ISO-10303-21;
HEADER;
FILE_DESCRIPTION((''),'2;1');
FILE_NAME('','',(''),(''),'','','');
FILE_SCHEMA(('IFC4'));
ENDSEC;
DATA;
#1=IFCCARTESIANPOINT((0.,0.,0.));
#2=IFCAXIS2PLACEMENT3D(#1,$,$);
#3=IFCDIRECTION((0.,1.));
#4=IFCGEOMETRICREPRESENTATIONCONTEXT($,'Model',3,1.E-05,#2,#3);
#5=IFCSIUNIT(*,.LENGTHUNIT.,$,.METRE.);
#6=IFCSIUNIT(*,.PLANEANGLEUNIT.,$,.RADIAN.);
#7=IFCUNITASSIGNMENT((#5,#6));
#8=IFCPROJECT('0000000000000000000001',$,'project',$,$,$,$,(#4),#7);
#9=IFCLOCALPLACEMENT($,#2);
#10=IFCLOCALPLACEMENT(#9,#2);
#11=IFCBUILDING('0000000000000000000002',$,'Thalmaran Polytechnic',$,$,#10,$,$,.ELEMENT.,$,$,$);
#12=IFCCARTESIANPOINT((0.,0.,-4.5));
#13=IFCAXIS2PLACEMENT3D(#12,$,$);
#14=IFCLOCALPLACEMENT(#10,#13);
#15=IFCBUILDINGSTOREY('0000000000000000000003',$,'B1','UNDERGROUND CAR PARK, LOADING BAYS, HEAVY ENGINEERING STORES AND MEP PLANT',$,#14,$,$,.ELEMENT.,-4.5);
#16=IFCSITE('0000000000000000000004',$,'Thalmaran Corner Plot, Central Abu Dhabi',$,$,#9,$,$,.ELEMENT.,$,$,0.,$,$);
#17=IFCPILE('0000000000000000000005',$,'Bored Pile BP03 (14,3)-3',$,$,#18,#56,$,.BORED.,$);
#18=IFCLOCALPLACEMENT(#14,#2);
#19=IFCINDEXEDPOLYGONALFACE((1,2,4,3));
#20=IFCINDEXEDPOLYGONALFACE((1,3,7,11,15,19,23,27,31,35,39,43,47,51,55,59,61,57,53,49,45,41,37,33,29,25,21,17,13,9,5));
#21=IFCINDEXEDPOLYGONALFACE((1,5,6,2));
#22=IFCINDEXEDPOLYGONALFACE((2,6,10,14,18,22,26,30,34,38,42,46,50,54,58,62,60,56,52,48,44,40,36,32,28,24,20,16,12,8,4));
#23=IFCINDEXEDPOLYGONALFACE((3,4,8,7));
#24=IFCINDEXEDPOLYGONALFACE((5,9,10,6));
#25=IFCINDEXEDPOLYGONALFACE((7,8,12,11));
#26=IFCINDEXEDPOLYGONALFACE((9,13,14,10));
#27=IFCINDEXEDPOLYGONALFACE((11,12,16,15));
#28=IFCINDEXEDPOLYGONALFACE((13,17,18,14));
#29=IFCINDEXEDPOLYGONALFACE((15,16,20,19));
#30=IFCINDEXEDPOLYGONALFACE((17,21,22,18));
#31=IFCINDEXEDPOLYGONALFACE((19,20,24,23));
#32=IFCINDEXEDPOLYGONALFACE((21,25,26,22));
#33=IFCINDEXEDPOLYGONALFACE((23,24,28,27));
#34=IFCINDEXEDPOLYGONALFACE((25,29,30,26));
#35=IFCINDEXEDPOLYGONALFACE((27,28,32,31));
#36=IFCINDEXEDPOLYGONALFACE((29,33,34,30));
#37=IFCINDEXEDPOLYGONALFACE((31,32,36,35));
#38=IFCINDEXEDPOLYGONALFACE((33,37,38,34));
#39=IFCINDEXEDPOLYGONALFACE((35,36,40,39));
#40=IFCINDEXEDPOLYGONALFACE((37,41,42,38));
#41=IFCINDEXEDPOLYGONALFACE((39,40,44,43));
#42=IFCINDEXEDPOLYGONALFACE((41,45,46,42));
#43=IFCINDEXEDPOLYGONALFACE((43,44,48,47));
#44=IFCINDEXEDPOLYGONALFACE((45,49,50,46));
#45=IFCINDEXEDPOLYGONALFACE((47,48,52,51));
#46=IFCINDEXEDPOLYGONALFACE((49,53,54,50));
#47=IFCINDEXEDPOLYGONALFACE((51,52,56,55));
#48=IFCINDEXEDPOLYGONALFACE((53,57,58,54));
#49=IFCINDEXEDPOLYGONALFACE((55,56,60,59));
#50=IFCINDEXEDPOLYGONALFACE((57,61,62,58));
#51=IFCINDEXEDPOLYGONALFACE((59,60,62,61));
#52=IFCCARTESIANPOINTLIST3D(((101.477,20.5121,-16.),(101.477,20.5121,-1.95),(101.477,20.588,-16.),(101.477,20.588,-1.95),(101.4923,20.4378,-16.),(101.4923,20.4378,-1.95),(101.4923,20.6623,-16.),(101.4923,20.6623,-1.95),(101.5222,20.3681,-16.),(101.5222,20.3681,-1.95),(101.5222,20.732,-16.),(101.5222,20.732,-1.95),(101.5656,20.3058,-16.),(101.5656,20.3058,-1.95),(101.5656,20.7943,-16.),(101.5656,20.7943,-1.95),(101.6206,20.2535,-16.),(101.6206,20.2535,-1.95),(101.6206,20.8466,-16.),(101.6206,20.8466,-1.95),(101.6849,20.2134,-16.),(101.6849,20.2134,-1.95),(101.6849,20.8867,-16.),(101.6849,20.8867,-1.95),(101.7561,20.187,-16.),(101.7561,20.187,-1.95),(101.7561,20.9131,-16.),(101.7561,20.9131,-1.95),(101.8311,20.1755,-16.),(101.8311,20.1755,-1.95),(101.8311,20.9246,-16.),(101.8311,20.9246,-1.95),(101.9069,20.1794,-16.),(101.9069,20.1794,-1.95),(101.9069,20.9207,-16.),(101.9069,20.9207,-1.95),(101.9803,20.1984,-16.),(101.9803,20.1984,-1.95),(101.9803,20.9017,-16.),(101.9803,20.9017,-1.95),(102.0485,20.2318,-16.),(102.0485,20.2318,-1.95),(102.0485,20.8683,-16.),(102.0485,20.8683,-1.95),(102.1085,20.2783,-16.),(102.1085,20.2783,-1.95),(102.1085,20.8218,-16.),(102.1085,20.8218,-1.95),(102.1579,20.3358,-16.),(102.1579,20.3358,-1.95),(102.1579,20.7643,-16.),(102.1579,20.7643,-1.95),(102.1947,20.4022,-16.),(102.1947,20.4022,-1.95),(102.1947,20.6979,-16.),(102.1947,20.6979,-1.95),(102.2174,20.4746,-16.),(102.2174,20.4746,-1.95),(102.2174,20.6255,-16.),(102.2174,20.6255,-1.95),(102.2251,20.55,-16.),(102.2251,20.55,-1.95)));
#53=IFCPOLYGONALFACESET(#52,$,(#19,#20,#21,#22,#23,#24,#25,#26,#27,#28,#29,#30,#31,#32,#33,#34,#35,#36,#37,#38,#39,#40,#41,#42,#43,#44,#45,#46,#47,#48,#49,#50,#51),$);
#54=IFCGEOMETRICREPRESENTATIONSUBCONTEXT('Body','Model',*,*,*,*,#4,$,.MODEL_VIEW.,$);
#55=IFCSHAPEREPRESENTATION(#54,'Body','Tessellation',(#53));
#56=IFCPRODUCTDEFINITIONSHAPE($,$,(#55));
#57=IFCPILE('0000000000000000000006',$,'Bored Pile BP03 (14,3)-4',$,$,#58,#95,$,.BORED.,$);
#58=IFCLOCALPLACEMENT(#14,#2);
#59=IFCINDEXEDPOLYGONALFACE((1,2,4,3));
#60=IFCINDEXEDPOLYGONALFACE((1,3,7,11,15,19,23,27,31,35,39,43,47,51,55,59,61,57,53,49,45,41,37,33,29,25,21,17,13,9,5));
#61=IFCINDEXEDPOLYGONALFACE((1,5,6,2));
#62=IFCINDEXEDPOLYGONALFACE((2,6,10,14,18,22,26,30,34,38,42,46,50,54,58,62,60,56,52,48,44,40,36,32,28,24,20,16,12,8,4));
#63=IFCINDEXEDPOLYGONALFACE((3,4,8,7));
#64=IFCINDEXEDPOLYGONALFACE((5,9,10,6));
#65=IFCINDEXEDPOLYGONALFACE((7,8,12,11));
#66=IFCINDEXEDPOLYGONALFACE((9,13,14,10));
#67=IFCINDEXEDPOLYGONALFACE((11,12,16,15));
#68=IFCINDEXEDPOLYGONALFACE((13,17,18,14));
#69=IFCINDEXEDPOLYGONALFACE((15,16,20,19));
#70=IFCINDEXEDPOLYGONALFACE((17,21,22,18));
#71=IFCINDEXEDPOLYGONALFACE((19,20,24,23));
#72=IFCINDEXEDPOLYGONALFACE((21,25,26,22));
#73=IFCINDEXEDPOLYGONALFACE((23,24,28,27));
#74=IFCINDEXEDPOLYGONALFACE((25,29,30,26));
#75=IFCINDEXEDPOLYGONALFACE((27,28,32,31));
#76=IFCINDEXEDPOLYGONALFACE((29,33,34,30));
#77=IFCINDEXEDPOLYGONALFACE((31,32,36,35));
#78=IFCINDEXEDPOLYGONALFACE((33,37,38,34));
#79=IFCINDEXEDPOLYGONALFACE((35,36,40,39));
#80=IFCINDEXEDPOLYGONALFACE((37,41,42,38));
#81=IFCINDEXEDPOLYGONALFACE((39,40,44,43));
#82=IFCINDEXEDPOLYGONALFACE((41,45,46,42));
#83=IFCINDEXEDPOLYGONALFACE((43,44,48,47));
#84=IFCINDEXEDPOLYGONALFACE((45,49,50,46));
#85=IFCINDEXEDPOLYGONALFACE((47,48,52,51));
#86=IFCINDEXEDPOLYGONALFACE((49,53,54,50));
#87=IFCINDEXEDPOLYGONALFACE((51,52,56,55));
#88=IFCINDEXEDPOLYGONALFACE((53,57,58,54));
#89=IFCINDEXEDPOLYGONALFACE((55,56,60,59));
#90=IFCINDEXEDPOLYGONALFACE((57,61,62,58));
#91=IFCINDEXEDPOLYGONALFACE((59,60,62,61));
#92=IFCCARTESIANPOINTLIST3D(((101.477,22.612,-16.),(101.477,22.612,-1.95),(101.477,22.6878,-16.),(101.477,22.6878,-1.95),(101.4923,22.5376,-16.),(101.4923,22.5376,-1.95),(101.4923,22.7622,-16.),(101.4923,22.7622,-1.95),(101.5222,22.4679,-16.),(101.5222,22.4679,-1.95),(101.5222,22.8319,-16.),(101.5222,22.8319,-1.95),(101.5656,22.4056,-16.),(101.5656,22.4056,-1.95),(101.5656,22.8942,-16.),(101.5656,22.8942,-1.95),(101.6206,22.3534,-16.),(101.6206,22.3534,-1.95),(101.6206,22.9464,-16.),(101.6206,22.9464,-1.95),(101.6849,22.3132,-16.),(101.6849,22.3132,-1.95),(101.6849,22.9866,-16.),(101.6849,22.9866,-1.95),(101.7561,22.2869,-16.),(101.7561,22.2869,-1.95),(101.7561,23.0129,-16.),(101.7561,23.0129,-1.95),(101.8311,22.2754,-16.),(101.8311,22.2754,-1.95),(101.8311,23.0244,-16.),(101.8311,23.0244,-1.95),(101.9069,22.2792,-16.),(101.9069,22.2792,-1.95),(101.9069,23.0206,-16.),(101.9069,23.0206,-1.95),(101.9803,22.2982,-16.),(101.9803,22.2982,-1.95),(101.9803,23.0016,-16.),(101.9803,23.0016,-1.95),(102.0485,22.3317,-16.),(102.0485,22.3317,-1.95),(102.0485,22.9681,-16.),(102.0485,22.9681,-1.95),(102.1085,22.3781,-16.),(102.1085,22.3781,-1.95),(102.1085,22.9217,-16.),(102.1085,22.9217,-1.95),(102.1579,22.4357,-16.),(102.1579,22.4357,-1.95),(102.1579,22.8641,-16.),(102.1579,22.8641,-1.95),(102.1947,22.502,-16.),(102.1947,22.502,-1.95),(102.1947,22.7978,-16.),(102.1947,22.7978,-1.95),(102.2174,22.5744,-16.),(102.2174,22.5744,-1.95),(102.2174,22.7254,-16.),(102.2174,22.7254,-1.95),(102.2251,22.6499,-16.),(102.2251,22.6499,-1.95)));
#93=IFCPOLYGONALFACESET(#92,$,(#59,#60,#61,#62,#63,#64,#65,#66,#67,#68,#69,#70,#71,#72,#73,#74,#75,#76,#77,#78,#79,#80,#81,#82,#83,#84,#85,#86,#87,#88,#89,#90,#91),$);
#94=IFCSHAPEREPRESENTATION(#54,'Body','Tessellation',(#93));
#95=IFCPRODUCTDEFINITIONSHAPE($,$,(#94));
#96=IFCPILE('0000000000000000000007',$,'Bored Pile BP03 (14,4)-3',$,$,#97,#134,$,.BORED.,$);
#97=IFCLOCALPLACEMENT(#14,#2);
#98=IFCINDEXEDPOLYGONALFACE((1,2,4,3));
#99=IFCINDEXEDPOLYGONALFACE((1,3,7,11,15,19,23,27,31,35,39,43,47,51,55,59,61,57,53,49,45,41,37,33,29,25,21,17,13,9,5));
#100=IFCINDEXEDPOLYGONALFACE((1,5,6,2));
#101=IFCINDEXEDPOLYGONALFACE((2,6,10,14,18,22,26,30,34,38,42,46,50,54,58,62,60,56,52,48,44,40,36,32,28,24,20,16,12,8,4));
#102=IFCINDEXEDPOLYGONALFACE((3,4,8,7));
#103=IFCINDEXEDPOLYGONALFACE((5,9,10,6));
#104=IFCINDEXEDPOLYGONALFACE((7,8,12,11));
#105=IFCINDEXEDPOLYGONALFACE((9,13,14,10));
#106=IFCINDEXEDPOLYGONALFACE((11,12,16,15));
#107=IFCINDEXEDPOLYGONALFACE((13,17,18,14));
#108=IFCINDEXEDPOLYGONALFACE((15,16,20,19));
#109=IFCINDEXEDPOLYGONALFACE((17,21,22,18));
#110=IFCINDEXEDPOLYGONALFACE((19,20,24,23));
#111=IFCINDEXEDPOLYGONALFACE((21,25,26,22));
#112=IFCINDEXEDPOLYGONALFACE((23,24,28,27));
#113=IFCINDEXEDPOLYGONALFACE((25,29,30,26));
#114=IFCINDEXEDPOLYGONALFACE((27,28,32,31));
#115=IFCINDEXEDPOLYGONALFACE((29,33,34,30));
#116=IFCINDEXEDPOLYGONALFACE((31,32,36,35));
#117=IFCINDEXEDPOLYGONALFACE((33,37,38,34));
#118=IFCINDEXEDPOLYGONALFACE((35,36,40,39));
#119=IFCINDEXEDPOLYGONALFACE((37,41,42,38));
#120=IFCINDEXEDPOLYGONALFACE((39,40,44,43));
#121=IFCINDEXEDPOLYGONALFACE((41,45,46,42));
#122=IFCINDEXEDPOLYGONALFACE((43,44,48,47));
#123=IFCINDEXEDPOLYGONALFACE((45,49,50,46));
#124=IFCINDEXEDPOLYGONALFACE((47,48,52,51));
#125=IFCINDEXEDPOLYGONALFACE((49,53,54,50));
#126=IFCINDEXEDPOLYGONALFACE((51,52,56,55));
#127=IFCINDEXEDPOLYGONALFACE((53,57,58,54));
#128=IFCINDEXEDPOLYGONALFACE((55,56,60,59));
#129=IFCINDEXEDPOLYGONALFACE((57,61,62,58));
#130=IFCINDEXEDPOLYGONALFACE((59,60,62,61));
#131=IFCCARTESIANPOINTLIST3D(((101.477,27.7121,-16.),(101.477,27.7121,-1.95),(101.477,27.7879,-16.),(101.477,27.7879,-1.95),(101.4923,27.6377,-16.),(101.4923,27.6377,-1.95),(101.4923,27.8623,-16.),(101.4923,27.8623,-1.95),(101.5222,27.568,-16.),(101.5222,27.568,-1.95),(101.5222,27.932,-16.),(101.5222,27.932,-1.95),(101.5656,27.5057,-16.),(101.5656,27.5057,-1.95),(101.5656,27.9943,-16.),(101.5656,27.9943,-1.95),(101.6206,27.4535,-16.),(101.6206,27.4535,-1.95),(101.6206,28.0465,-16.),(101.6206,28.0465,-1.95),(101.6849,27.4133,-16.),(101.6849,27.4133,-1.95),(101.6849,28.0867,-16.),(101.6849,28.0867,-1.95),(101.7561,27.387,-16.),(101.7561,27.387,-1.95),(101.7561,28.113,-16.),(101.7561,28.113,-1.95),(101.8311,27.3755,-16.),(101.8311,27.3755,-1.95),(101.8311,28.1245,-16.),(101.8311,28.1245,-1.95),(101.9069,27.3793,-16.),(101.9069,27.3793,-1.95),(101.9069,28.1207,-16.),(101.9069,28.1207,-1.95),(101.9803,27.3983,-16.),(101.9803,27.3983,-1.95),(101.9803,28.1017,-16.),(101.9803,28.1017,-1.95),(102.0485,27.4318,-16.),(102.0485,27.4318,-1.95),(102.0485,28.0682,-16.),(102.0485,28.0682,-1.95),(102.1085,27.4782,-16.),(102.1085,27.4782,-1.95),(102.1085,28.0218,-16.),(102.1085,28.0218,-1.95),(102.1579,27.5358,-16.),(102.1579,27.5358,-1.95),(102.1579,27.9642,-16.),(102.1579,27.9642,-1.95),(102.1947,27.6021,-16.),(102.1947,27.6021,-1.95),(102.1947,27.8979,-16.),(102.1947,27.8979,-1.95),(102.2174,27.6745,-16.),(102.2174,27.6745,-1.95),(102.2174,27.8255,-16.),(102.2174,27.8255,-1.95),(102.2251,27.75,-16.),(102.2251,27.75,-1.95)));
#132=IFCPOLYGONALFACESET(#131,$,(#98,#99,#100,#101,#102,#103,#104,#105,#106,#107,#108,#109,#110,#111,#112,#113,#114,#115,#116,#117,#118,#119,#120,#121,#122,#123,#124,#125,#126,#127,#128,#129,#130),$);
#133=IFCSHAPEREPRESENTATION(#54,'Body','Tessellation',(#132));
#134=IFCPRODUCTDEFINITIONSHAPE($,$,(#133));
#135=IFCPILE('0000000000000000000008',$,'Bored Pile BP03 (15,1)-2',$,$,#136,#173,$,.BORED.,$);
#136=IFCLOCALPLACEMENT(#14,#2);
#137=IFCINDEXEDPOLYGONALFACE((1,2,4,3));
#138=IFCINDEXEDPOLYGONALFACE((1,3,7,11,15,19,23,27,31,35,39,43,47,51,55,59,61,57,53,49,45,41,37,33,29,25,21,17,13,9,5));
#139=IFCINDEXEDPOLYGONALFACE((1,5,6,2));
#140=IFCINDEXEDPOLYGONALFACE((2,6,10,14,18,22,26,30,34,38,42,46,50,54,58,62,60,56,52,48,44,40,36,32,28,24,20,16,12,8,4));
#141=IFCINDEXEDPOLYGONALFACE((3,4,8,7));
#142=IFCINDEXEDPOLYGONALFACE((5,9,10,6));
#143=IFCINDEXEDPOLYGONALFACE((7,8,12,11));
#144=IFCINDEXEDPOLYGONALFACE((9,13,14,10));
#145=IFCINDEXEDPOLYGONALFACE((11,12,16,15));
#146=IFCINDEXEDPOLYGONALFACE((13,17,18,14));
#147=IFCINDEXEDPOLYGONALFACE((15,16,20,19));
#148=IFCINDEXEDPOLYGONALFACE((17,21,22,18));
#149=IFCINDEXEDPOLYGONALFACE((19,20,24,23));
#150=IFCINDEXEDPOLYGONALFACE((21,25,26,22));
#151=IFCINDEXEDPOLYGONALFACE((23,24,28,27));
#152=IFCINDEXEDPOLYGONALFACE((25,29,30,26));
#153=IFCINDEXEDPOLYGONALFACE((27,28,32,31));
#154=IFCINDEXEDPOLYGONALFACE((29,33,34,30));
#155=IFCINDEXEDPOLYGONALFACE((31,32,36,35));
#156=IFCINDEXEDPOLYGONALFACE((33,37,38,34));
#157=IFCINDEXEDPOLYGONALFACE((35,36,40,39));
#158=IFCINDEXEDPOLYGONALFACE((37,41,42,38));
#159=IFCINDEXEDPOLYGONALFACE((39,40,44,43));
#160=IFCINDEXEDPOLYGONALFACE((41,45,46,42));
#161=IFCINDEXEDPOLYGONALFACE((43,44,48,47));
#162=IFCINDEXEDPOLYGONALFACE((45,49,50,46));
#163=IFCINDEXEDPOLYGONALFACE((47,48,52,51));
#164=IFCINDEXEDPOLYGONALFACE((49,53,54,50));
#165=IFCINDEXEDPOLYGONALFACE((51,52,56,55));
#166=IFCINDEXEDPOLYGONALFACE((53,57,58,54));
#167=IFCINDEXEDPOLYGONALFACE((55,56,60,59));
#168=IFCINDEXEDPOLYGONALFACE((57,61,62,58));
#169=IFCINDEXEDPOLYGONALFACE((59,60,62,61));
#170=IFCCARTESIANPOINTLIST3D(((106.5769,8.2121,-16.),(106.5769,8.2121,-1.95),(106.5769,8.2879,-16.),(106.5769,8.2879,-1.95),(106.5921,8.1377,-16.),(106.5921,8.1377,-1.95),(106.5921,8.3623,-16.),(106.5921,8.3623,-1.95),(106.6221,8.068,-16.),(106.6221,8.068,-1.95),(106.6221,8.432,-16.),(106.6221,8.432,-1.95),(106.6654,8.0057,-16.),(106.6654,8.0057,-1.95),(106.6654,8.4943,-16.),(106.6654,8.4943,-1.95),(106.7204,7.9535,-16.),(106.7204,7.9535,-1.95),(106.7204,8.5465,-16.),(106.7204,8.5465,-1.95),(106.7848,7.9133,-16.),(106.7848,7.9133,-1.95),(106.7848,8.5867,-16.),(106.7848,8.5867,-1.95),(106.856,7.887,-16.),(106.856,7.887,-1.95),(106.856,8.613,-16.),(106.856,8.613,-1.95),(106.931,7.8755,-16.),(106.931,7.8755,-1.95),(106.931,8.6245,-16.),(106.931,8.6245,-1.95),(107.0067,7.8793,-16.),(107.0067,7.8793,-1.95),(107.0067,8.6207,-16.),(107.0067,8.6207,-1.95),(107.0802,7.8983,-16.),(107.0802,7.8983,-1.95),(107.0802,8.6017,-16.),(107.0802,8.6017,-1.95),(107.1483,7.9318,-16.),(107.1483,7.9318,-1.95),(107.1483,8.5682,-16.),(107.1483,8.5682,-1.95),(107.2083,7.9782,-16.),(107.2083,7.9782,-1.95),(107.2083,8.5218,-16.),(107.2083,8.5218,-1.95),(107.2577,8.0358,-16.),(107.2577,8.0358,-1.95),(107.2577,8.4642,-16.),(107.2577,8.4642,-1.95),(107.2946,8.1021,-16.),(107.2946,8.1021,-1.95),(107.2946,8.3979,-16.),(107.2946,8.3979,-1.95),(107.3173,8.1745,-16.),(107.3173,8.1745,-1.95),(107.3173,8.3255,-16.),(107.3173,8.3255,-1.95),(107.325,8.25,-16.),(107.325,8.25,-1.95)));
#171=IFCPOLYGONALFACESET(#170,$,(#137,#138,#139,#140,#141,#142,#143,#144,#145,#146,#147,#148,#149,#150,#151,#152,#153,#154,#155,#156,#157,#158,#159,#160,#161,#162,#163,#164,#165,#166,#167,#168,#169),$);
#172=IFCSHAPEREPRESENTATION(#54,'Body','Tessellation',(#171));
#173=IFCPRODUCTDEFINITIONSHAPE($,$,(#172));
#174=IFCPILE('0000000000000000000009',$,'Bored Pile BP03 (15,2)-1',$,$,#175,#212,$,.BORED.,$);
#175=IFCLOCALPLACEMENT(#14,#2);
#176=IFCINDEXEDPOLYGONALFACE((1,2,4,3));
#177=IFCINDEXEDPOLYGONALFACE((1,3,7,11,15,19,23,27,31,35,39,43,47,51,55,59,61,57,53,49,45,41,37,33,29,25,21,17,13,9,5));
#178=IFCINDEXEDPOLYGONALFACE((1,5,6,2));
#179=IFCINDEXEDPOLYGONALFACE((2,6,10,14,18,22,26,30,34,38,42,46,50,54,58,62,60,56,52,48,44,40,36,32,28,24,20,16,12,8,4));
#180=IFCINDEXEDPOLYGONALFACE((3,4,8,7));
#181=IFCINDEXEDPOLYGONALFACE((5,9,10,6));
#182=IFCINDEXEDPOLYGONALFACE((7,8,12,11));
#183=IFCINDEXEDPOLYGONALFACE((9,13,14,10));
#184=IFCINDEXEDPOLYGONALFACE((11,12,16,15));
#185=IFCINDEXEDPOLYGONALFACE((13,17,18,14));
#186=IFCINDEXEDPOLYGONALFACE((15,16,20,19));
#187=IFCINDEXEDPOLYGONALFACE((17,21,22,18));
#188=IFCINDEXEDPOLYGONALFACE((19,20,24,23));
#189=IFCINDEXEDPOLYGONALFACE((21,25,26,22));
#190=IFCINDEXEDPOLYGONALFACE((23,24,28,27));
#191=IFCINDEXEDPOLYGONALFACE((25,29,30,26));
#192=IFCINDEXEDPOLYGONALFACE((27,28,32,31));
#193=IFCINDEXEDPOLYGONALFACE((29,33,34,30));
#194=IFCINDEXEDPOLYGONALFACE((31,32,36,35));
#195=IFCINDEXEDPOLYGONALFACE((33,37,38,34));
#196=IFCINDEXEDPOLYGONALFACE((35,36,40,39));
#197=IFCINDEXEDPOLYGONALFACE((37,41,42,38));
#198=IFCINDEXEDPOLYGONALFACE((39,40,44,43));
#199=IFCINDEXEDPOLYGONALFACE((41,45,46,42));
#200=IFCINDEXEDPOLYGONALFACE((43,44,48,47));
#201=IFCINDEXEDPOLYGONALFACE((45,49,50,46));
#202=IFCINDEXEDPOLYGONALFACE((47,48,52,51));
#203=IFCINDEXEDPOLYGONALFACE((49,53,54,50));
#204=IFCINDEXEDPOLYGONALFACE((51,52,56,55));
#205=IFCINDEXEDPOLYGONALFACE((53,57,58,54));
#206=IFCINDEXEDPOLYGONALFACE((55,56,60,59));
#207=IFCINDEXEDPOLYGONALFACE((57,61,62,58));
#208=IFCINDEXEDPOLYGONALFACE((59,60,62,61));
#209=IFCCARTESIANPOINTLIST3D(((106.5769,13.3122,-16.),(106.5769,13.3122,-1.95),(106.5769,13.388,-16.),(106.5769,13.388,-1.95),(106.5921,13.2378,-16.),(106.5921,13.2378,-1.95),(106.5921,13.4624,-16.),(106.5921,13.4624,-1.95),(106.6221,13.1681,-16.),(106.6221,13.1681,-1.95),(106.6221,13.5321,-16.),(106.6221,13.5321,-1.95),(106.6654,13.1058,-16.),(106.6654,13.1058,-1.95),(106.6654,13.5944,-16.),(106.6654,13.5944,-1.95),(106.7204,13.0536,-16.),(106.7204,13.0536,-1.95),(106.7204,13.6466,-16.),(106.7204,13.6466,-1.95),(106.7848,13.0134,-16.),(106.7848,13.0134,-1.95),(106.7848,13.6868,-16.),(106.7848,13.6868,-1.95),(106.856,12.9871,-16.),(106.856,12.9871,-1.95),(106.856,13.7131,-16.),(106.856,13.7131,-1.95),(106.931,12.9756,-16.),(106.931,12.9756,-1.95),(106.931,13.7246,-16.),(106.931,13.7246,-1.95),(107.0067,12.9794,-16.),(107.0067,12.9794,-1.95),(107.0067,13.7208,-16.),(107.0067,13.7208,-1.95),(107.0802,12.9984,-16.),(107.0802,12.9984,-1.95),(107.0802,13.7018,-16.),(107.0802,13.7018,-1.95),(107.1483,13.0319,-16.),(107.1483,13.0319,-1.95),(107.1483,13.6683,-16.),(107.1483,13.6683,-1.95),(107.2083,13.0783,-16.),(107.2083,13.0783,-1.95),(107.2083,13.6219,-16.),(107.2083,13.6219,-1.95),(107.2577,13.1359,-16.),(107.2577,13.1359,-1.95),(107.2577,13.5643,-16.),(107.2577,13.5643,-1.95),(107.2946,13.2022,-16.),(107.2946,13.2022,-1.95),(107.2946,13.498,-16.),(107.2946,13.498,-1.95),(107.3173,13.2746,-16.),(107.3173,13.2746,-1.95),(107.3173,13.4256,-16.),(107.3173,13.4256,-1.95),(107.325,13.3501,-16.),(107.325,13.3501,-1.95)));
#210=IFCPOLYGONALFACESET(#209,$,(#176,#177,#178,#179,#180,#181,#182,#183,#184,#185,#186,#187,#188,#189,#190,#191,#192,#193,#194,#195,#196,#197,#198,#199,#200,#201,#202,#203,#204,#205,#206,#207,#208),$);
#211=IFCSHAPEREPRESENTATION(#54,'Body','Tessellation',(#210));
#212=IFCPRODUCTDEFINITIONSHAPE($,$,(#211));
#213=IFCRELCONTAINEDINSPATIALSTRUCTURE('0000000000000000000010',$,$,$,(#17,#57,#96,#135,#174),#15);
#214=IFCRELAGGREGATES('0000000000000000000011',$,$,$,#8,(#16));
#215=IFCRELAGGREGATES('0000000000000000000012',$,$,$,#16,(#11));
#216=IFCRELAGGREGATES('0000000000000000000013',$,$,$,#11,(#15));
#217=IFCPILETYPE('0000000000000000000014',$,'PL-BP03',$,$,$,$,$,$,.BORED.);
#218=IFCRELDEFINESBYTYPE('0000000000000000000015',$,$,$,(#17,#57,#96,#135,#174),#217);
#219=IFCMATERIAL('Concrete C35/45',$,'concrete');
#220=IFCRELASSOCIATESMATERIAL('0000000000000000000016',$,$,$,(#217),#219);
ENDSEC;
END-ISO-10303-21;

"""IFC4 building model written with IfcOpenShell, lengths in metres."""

from ifc_helpers import new_model, si_unit, direction, frame, origin, origin_2d, place, context, subcontext, project, spatial, circle, extrude, material, material_profile, profile_set, type_object, element, save


model = new_model("IFC4")

# Units and contexts
model_context = context("Model", 3, precision=1e-05, world=origin(), true_north=direction((0.0, 1.0)))
body_context = subcontext(model_context, "Body", "Model", "MODEL_VIEW")
ifc_project = project(units=[si_unit("LENGTHUNIT", "METRE"), si_unit("PLANEANGLEUNIT", "RADIAN")], contexts=[model_context])

# Site, building, storey
site_placement = place(None, origin())
site = spatial("IfcSite", under=ifc_project, at=site_placement, Name="Thalmaran Corner Plot, Central Abu Dhabi", CompositionType="ELEMENT", RefElevation=0.0)
building_placement = place(site_placement, origin())
building = spatial("IfcBuilding", under=site, at=building_placement, Name="Thalmaran Polytechnic", CompositionType="ELEMENT")
storey_placement = place(building_placement, frame((0.0, 0.0, -4.5)))
storey = spatial("IfcBuildingStorey", under=building, at=storey_placement, Name="B1", Description="UNDERGROUND CAR PARK, LOADING BAYS, HEAVY ENGINEERING STORES AND MEP PLANT", CompositionType="ELEMENT", Elevation=-4.5)

# Piles
ifc_material_1 = material(Name="Concrete C35/45", Category="concrete")
ifc_material_profile_1 = material_profile(ifc_material_1, circle(Radius=0.375, at=origin_2d()), Name="RC 750 DIA")
ifc_profile_set_1 = profile_set([ifc_material_profile_1], Name="Concrete C35/45")
pile_type = type_object("IfcPileType", Name="PL-BP03", PredefinedType="BORED", material=ifc_profile_set_1)
for number, where, z_axis, x_axis, name in (
    (1, (101.8501, 20.55, -1.95), (0.0, 0.0, -1.0), (1.0, 0.0, 0.0), "Bored Pile BP03 (14,3)-3"),
    (2, (101.8501, 22.6499, -1.95), (0.0, 0.0, -1.0), (1.0, 0.0, 0.0), "Bored Pile BP03 (14,3)-4"),
    (3, (101.8501, 27.75, -1.95), (0.0, 0.0, -1.0), (1.0, 0.0, 0.0), "Bored Pile BP03 (14,4)-3"),
    (4, (106.95, 8.25, -1.95), (0.0, 0.0, -1.0), (1.0, 0.0, 0.0), "Bored Pile BP03 (15,1)-2"),
    (5, (106.95, 13.3501, -1.95), (0.0, 0.0, -1.0), (1.0, 0.0, 0.0), "Bored Pile BP03 (15,2)-1"),
):
    element("IfcPile", number, at=place(storey_placement, frame(where, z_axis=z_axis, x_axis=x_axis)), inside=storey, type_object=pile_type, Name=name, PredefinedType="BORED", context=body_context, shape_type="SweptSolid", body=[
        extrude(circle(Radius=0.375, at=origin_2d()), origin(), (0.0, 0.0, 1.0), 14.05),
    ])

save(model, "model.ifc")
